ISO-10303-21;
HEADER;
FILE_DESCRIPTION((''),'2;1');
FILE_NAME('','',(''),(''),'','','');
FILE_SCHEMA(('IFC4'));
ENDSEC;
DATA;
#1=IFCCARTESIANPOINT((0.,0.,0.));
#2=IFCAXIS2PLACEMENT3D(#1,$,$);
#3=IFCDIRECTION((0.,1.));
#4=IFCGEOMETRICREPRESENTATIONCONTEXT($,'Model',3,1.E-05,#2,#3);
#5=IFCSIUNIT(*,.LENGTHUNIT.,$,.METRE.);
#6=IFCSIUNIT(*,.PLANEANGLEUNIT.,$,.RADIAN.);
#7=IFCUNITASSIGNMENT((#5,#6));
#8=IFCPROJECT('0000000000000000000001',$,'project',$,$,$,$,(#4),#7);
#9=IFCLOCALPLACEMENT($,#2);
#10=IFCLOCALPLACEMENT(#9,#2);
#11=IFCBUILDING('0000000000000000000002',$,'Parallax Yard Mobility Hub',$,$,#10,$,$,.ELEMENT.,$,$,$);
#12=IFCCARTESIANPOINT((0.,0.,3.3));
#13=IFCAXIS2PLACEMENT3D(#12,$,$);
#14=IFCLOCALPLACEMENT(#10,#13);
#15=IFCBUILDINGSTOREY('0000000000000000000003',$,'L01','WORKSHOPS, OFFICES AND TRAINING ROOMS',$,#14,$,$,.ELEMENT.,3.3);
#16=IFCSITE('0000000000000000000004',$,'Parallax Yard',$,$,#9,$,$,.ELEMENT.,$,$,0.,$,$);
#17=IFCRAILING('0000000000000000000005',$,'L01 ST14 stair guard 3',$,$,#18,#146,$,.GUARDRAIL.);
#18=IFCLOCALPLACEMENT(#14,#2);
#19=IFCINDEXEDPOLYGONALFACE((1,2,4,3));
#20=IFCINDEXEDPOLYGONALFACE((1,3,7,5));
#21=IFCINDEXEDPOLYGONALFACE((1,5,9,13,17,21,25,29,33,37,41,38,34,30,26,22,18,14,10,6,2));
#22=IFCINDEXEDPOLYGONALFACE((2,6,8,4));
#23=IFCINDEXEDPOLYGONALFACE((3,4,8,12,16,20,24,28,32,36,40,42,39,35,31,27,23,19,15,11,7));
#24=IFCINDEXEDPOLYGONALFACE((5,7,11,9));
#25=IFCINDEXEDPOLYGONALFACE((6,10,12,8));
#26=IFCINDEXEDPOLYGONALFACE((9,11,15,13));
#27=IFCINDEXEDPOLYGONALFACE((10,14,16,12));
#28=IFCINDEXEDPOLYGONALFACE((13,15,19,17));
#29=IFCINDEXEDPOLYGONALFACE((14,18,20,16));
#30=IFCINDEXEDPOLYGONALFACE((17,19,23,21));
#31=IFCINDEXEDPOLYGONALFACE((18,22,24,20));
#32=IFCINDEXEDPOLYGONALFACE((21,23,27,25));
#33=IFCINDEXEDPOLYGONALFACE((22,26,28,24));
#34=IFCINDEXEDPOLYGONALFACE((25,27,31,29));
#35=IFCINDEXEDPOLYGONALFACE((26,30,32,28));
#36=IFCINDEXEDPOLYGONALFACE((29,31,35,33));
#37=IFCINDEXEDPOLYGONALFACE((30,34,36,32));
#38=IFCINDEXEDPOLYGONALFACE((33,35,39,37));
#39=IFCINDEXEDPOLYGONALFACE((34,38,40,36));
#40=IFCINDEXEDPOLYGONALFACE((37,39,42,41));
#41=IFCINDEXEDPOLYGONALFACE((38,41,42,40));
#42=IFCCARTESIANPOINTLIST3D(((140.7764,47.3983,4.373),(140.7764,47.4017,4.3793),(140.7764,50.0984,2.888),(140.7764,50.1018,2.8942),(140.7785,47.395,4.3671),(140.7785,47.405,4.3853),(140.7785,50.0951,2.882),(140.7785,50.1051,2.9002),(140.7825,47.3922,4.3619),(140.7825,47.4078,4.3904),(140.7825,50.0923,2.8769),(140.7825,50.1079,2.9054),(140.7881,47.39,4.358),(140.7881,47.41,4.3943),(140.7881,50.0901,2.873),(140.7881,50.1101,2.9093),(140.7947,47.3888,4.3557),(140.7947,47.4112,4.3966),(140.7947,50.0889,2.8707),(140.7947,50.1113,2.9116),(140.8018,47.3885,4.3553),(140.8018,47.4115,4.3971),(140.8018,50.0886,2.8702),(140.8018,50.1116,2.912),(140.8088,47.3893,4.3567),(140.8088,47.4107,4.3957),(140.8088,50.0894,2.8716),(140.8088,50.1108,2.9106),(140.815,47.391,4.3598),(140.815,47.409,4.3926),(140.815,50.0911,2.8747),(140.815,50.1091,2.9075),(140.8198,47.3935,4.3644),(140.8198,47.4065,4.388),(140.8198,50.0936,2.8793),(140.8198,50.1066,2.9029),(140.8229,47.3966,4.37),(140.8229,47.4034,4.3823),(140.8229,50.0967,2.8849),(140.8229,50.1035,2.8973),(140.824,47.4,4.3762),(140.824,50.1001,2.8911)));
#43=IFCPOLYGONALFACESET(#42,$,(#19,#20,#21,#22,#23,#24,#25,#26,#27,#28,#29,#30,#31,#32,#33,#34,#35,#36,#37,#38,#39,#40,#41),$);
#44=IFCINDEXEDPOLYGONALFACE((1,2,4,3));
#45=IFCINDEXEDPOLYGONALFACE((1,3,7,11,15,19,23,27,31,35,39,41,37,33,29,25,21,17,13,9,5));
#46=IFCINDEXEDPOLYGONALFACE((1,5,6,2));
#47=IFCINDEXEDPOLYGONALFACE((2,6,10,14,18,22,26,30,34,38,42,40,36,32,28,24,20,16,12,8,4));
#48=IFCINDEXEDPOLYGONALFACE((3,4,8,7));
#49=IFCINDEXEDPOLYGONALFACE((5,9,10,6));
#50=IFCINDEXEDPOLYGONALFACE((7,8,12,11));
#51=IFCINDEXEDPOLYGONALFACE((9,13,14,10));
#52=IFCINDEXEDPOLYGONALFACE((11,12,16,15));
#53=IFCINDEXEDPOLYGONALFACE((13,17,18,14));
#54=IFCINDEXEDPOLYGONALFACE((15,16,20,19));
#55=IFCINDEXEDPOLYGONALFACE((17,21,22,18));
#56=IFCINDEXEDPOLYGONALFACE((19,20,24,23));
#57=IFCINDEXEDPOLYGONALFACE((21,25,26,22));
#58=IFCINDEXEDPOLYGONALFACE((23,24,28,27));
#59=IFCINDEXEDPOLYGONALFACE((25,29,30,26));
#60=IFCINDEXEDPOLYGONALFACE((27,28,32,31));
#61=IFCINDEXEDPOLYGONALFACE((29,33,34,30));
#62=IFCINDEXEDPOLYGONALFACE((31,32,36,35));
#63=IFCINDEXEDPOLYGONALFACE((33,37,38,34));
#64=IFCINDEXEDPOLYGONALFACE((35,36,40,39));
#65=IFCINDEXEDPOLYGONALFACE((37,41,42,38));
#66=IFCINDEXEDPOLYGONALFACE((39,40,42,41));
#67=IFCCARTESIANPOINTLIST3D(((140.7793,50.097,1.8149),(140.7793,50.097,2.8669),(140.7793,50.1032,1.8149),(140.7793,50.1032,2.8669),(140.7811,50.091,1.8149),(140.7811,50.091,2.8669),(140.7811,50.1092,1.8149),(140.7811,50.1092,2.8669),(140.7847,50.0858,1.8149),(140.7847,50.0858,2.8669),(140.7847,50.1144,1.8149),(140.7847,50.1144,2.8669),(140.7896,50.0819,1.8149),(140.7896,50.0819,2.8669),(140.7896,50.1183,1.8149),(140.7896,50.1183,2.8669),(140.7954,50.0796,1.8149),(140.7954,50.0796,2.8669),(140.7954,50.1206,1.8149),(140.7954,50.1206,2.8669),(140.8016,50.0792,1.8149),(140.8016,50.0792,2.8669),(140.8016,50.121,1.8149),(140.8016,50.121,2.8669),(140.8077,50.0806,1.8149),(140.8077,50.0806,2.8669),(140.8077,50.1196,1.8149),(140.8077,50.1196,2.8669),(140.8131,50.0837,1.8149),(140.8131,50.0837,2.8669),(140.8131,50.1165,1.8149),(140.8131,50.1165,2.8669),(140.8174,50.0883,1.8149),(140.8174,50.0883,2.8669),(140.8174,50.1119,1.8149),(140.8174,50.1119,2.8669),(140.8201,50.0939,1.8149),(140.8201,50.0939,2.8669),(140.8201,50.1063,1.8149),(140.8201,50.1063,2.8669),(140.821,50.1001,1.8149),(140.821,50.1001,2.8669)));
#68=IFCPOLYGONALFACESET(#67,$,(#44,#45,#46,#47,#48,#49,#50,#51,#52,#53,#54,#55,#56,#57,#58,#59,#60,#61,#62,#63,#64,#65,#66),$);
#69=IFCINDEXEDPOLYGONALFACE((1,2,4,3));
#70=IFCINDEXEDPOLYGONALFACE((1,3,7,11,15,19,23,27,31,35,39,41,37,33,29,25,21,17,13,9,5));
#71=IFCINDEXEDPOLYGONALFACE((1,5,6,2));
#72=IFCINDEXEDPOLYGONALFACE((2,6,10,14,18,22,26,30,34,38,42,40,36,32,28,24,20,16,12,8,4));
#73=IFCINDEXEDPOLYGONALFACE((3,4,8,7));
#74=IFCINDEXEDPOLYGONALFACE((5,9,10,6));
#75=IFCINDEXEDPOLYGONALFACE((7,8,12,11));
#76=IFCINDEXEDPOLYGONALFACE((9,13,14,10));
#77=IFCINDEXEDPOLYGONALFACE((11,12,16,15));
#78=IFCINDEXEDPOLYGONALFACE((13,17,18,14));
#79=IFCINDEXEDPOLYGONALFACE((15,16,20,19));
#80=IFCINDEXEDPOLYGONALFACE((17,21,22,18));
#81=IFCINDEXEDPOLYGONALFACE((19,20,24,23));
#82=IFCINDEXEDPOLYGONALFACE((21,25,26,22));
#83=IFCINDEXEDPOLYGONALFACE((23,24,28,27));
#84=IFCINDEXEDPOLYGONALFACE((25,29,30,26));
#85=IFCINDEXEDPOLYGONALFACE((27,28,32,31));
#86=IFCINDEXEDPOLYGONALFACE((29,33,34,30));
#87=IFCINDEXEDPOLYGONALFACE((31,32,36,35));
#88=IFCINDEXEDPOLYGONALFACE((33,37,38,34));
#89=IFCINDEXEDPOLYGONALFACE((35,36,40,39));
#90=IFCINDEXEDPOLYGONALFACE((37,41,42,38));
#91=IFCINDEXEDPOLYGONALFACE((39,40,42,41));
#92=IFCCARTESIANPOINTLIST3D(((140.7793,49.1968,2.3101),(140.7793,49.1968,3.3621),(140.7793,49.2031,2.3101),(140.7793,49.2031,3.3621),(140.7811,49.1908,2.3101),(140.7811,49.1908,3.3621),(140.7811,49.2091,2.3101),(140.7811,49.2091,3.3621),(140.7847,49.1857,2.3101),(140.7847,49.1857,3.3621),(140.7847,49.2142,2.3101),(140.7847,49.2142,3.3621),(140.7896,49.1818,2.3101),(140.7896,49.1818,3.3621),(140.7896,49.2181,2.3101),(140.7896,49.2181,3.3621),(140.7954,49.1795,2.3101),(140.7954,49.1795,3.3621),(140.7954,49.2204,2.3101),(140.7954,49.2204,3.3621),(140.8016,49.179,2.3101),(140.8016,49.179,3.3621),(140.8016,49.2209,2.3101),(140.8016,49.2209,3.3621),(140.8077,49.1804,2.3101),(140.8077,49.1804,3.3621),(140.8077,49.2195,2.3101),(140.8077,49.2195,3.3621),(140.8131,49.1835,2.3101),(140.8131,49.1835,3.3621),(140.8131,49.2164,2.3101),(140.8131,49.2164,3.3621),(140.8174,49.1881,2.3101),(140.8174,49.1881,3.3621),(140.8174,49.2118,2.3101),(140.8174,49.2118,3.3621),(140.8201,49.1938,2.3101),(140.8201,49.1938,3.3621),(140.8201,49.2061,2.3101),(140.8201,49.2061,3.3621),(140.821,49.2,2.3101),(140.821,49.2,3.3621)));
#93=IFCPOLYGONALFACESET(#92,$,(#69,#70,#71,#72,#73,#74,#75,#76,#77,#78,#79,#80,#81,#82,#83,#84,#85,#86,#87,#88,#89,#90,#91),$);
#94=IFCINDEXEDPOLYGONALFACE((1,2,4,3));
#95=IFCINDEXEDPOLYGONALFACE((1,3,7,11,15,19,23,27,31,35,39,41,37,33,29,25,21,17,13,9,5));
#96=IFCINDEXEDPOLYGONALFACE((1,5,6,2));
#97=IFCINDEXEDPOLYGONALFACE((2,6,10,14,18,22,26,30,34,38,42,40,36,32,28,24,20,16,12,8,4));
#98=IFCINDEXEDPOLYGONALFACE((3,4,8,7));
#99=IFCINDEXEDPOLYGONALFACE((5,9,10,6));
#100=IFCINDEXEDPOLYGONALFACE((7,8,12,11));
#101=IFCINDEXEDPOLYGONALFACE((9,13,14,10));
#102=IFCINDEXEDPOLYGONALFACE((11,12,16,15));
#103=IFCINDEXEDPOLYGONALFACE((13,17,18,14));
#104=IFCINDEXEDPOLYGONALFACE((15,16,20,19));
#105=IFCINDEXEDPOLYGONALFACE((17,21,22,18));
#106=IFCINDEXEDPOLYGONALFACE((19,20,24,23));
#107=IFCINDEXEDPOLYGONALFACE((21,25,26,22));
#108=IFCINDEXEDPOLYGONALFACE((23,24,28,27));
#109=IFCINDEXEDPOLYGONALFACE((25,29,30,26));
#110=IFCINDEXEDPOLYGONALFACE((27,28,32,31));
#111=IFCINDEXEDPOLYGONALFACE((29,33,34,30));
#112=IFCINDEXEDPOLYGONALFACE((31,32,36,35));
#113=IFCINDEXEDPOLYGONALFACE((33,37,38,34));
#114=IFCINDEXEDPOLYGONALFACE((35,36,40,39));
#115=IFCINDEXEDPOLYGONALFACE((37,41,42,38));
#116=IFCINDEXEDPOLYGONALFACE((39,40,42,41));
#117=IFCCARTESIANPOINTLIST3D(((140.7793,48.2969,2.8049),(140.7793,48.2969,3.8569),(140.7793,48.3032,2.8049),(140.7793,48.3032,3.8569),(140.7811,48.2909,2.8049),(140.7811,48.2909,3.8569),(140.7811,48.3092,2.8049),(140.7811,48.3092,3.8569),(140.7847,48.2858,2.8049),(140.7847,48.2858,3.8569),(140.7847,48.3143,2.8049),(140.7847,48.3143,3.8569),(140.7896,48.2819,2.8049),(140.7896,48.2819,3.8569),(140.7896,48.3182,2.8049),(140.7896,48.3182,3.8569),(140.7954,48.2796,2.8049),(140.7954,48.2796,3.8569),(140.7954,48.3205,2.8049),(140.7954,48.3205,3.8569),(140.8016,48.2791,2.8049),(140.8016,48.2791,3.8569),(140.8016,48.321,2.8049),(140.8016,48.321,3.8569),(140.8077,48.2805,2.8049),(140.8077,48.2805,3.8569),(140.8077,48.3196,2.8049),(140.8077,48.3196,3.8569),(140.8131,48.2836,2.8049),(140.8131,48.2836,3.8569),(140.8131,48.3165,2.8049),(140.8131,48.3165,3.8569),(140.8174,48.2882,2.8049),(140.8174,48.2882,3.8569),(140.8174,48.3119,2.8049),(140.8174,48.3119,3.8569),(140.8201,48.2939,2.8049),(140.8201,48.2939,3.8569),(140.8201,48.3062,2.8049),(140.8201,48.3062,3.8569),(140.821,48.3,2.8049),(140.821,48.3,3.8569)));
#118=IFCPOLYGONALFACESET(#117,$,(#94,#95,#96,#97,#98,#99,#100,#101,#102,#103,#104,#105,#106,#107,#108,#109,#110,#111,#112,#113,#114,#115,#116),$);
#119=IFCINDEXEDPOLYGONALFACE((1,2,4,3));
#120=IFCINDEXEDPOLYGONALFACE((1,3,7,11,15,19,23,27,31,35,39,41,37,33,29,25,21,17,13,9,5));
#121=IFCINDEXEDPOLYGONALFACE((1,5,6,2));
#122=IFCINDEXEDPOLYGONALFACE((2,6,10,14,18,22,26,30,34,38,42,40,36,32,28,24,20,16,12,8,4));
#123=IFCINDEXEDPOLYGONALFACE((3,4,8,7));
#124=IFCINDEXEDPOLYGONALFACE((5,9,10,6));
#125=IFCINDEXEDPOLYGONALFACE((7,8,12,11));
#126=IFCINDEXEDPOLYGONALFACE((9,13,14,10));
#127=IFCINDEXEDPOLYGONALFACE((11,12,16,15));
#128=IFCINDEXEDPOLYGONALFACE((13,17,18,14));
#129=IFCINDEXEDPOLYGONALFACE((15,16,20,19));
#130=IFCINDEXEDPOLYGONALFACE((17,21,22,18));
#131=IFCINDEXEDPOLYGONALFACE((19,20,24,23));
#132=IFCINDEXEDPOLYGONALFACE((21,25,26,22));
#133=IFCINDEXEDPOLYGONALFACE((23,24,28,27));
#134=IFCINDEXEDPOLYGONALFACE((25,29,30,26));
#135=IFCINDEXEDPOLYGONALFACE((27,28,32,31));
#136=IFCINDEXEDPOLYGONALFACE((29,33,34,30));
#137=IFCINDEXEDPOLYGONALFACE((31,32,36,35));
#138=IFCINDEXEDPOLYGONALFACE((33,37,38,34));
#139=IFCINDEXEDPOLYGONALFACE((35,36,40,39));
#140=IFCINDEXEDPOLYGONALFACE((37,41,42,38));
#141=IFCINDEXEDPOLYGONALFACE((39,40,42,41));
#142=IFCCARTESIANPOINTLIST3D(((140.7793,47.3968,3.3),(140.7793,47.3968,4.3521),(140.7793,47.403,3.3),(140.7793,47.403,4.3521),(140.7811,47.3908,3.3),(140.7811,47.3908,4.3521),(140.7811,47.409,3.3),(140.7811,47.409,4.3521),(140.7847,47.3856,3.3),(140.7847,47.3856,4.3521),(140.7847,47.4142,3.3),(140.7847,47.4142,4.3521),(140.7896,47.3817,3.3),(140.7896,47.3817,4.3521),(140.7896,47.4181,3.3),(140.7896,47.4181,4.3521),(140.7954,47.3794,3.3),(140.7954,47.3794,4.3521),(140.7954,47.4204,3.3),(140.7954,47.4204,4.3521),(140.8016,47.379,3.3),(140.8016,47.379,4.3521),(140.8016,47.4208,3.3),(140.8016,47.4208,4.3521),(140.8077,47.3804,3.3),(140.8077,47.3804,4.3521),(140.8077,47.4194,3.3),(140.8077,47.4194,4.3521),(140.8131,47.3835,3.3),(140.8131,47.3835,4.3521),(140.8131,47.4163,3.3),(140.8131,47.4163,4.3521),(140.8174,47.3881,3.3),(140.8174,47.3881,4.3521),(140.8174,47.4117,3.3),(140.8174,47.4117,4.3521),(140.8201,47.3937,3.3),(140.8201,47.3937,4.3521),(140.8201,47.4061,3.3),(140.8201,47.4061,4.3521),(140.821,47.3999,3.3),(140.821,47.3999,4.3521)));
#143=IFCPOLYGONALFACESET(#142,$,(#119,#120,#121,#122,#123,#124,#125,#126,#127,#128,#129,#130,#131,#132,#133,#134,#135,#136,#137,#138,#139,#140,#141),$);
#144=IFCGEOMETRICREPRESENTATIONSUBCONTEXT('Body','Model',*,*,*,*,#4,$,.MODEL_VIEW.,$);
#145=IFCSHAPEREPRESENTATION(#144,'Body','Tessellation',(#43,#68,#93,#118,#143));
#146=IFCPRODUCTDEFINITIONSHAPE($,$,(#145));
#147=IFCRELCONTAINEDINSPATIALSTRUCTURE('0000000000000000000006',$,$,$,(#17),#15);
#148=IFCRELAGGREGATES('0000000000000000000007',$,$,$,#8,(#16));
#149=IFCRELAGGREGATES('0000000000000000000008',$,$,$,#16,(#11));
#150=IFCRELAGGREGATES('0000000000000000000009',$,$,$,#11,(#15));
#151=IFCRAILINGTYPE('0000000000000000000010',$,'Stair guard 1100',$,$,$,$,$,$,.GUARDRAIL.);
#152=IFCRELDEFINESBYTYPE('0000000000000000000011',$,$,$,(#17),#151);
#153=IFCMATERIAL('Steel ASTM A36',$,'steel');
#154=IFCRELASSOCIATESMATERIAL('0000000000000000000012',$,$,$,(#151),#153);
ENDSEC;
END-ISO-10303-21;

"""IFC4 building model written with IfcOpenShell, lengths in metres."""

from ifc_helpers import new_model, si_unit, direction, frame, origin, origin_2d, place, context, subcontext, project, spatial, circle, extrude, material, type_object, element, save


model = new_model("IFC4")

# Units and contexts
model_context = context("Model", 3, precision=1e-05, world=origin(), true_north=direction((0.0, 1.0)))
body_context = subcontext(model_context, "Body", "Model", "MODEL_VIEW")
ifc_project = project(units=[si_unit("LENGTHUNIT", "METRE"), si_unit("PLANEANGLEUNIT", "RADIAN")], contexts=[model_context])

# Site, building, storey
site_placement = place(None, origin())
site = spatial("IfcSite", under=ifc_project, at=site_placement, Name="Parallax Yard", CompositionType="ELEMENT", RefElevation=0.0)
building_placement = place(site_placement, origin())
building = spatial("IfcBuilding", under=site, at=building_placement, Name="Parallax Yard Mobility Hub", CompositionType="ELEMENT")
storey_placement = place(building_placement, frame((0.0, 0.0, 3.3)))
storey = spatial("IfcBuildingStorey", under=building, at=storey_placement, Name="L01", Description="WORKSHOPS, OFFICES AND TRAINING ROOMS", CompositionType="ELEMENT", Elevation=3.3)

# Railing
ifc_material_1 = material(Name="Steel ASTM A36", Category="steel")
railing_type_1 = type_object("IfcRailingType", Name="Stair guard 1100", PredefinedType="GUARDRAIL", material=ifc_material_1)
railing_1_placement = place(storey_placement, frame((140.8, 50.1001, 1.8149)))
element("IfcRailing", 1, at=railing_1_placement, inside=storey, type_object=railing_type_1, Name="L01 ST14 stair guard 3", PredefinedType="GUARDRAIL", context=body_context, shape_type="SweptSolid", body=[
    extrude(circle(Radius=0.0239, at=origin_2d()), frame((0.0, 0.0, 1.0762), z_axis=(0.0, -0.876216, 0.481919), x_axis=(1.0, 0.0, 0.0)), (0.0, 0.0, 1.0), 3.0815),
    extrude(circle(Radius=0.021, at=origin_2d()), origin(), (0.0, 0.0, 1.0), 1.052),
    extrude(circle(Radius=0.021, at=origin_2d()), frame((0.0, -0.9001, 0.4951)), (0.0, 0.0, 1.0), 1.052),
    extrude(circle(Radius=0.021, at=origin_2d()), frame((0.0, -1.8, 0.99)), (0.0, 0.0, 1.0), 1.052),
    extrude(circle(Radius=0.021, at=origin_2d()), frame((0.0, -2.7002, 1.4851)), (0.0, 0.0, 1.0), 1.052),
])

save(model, "model.ifc")
